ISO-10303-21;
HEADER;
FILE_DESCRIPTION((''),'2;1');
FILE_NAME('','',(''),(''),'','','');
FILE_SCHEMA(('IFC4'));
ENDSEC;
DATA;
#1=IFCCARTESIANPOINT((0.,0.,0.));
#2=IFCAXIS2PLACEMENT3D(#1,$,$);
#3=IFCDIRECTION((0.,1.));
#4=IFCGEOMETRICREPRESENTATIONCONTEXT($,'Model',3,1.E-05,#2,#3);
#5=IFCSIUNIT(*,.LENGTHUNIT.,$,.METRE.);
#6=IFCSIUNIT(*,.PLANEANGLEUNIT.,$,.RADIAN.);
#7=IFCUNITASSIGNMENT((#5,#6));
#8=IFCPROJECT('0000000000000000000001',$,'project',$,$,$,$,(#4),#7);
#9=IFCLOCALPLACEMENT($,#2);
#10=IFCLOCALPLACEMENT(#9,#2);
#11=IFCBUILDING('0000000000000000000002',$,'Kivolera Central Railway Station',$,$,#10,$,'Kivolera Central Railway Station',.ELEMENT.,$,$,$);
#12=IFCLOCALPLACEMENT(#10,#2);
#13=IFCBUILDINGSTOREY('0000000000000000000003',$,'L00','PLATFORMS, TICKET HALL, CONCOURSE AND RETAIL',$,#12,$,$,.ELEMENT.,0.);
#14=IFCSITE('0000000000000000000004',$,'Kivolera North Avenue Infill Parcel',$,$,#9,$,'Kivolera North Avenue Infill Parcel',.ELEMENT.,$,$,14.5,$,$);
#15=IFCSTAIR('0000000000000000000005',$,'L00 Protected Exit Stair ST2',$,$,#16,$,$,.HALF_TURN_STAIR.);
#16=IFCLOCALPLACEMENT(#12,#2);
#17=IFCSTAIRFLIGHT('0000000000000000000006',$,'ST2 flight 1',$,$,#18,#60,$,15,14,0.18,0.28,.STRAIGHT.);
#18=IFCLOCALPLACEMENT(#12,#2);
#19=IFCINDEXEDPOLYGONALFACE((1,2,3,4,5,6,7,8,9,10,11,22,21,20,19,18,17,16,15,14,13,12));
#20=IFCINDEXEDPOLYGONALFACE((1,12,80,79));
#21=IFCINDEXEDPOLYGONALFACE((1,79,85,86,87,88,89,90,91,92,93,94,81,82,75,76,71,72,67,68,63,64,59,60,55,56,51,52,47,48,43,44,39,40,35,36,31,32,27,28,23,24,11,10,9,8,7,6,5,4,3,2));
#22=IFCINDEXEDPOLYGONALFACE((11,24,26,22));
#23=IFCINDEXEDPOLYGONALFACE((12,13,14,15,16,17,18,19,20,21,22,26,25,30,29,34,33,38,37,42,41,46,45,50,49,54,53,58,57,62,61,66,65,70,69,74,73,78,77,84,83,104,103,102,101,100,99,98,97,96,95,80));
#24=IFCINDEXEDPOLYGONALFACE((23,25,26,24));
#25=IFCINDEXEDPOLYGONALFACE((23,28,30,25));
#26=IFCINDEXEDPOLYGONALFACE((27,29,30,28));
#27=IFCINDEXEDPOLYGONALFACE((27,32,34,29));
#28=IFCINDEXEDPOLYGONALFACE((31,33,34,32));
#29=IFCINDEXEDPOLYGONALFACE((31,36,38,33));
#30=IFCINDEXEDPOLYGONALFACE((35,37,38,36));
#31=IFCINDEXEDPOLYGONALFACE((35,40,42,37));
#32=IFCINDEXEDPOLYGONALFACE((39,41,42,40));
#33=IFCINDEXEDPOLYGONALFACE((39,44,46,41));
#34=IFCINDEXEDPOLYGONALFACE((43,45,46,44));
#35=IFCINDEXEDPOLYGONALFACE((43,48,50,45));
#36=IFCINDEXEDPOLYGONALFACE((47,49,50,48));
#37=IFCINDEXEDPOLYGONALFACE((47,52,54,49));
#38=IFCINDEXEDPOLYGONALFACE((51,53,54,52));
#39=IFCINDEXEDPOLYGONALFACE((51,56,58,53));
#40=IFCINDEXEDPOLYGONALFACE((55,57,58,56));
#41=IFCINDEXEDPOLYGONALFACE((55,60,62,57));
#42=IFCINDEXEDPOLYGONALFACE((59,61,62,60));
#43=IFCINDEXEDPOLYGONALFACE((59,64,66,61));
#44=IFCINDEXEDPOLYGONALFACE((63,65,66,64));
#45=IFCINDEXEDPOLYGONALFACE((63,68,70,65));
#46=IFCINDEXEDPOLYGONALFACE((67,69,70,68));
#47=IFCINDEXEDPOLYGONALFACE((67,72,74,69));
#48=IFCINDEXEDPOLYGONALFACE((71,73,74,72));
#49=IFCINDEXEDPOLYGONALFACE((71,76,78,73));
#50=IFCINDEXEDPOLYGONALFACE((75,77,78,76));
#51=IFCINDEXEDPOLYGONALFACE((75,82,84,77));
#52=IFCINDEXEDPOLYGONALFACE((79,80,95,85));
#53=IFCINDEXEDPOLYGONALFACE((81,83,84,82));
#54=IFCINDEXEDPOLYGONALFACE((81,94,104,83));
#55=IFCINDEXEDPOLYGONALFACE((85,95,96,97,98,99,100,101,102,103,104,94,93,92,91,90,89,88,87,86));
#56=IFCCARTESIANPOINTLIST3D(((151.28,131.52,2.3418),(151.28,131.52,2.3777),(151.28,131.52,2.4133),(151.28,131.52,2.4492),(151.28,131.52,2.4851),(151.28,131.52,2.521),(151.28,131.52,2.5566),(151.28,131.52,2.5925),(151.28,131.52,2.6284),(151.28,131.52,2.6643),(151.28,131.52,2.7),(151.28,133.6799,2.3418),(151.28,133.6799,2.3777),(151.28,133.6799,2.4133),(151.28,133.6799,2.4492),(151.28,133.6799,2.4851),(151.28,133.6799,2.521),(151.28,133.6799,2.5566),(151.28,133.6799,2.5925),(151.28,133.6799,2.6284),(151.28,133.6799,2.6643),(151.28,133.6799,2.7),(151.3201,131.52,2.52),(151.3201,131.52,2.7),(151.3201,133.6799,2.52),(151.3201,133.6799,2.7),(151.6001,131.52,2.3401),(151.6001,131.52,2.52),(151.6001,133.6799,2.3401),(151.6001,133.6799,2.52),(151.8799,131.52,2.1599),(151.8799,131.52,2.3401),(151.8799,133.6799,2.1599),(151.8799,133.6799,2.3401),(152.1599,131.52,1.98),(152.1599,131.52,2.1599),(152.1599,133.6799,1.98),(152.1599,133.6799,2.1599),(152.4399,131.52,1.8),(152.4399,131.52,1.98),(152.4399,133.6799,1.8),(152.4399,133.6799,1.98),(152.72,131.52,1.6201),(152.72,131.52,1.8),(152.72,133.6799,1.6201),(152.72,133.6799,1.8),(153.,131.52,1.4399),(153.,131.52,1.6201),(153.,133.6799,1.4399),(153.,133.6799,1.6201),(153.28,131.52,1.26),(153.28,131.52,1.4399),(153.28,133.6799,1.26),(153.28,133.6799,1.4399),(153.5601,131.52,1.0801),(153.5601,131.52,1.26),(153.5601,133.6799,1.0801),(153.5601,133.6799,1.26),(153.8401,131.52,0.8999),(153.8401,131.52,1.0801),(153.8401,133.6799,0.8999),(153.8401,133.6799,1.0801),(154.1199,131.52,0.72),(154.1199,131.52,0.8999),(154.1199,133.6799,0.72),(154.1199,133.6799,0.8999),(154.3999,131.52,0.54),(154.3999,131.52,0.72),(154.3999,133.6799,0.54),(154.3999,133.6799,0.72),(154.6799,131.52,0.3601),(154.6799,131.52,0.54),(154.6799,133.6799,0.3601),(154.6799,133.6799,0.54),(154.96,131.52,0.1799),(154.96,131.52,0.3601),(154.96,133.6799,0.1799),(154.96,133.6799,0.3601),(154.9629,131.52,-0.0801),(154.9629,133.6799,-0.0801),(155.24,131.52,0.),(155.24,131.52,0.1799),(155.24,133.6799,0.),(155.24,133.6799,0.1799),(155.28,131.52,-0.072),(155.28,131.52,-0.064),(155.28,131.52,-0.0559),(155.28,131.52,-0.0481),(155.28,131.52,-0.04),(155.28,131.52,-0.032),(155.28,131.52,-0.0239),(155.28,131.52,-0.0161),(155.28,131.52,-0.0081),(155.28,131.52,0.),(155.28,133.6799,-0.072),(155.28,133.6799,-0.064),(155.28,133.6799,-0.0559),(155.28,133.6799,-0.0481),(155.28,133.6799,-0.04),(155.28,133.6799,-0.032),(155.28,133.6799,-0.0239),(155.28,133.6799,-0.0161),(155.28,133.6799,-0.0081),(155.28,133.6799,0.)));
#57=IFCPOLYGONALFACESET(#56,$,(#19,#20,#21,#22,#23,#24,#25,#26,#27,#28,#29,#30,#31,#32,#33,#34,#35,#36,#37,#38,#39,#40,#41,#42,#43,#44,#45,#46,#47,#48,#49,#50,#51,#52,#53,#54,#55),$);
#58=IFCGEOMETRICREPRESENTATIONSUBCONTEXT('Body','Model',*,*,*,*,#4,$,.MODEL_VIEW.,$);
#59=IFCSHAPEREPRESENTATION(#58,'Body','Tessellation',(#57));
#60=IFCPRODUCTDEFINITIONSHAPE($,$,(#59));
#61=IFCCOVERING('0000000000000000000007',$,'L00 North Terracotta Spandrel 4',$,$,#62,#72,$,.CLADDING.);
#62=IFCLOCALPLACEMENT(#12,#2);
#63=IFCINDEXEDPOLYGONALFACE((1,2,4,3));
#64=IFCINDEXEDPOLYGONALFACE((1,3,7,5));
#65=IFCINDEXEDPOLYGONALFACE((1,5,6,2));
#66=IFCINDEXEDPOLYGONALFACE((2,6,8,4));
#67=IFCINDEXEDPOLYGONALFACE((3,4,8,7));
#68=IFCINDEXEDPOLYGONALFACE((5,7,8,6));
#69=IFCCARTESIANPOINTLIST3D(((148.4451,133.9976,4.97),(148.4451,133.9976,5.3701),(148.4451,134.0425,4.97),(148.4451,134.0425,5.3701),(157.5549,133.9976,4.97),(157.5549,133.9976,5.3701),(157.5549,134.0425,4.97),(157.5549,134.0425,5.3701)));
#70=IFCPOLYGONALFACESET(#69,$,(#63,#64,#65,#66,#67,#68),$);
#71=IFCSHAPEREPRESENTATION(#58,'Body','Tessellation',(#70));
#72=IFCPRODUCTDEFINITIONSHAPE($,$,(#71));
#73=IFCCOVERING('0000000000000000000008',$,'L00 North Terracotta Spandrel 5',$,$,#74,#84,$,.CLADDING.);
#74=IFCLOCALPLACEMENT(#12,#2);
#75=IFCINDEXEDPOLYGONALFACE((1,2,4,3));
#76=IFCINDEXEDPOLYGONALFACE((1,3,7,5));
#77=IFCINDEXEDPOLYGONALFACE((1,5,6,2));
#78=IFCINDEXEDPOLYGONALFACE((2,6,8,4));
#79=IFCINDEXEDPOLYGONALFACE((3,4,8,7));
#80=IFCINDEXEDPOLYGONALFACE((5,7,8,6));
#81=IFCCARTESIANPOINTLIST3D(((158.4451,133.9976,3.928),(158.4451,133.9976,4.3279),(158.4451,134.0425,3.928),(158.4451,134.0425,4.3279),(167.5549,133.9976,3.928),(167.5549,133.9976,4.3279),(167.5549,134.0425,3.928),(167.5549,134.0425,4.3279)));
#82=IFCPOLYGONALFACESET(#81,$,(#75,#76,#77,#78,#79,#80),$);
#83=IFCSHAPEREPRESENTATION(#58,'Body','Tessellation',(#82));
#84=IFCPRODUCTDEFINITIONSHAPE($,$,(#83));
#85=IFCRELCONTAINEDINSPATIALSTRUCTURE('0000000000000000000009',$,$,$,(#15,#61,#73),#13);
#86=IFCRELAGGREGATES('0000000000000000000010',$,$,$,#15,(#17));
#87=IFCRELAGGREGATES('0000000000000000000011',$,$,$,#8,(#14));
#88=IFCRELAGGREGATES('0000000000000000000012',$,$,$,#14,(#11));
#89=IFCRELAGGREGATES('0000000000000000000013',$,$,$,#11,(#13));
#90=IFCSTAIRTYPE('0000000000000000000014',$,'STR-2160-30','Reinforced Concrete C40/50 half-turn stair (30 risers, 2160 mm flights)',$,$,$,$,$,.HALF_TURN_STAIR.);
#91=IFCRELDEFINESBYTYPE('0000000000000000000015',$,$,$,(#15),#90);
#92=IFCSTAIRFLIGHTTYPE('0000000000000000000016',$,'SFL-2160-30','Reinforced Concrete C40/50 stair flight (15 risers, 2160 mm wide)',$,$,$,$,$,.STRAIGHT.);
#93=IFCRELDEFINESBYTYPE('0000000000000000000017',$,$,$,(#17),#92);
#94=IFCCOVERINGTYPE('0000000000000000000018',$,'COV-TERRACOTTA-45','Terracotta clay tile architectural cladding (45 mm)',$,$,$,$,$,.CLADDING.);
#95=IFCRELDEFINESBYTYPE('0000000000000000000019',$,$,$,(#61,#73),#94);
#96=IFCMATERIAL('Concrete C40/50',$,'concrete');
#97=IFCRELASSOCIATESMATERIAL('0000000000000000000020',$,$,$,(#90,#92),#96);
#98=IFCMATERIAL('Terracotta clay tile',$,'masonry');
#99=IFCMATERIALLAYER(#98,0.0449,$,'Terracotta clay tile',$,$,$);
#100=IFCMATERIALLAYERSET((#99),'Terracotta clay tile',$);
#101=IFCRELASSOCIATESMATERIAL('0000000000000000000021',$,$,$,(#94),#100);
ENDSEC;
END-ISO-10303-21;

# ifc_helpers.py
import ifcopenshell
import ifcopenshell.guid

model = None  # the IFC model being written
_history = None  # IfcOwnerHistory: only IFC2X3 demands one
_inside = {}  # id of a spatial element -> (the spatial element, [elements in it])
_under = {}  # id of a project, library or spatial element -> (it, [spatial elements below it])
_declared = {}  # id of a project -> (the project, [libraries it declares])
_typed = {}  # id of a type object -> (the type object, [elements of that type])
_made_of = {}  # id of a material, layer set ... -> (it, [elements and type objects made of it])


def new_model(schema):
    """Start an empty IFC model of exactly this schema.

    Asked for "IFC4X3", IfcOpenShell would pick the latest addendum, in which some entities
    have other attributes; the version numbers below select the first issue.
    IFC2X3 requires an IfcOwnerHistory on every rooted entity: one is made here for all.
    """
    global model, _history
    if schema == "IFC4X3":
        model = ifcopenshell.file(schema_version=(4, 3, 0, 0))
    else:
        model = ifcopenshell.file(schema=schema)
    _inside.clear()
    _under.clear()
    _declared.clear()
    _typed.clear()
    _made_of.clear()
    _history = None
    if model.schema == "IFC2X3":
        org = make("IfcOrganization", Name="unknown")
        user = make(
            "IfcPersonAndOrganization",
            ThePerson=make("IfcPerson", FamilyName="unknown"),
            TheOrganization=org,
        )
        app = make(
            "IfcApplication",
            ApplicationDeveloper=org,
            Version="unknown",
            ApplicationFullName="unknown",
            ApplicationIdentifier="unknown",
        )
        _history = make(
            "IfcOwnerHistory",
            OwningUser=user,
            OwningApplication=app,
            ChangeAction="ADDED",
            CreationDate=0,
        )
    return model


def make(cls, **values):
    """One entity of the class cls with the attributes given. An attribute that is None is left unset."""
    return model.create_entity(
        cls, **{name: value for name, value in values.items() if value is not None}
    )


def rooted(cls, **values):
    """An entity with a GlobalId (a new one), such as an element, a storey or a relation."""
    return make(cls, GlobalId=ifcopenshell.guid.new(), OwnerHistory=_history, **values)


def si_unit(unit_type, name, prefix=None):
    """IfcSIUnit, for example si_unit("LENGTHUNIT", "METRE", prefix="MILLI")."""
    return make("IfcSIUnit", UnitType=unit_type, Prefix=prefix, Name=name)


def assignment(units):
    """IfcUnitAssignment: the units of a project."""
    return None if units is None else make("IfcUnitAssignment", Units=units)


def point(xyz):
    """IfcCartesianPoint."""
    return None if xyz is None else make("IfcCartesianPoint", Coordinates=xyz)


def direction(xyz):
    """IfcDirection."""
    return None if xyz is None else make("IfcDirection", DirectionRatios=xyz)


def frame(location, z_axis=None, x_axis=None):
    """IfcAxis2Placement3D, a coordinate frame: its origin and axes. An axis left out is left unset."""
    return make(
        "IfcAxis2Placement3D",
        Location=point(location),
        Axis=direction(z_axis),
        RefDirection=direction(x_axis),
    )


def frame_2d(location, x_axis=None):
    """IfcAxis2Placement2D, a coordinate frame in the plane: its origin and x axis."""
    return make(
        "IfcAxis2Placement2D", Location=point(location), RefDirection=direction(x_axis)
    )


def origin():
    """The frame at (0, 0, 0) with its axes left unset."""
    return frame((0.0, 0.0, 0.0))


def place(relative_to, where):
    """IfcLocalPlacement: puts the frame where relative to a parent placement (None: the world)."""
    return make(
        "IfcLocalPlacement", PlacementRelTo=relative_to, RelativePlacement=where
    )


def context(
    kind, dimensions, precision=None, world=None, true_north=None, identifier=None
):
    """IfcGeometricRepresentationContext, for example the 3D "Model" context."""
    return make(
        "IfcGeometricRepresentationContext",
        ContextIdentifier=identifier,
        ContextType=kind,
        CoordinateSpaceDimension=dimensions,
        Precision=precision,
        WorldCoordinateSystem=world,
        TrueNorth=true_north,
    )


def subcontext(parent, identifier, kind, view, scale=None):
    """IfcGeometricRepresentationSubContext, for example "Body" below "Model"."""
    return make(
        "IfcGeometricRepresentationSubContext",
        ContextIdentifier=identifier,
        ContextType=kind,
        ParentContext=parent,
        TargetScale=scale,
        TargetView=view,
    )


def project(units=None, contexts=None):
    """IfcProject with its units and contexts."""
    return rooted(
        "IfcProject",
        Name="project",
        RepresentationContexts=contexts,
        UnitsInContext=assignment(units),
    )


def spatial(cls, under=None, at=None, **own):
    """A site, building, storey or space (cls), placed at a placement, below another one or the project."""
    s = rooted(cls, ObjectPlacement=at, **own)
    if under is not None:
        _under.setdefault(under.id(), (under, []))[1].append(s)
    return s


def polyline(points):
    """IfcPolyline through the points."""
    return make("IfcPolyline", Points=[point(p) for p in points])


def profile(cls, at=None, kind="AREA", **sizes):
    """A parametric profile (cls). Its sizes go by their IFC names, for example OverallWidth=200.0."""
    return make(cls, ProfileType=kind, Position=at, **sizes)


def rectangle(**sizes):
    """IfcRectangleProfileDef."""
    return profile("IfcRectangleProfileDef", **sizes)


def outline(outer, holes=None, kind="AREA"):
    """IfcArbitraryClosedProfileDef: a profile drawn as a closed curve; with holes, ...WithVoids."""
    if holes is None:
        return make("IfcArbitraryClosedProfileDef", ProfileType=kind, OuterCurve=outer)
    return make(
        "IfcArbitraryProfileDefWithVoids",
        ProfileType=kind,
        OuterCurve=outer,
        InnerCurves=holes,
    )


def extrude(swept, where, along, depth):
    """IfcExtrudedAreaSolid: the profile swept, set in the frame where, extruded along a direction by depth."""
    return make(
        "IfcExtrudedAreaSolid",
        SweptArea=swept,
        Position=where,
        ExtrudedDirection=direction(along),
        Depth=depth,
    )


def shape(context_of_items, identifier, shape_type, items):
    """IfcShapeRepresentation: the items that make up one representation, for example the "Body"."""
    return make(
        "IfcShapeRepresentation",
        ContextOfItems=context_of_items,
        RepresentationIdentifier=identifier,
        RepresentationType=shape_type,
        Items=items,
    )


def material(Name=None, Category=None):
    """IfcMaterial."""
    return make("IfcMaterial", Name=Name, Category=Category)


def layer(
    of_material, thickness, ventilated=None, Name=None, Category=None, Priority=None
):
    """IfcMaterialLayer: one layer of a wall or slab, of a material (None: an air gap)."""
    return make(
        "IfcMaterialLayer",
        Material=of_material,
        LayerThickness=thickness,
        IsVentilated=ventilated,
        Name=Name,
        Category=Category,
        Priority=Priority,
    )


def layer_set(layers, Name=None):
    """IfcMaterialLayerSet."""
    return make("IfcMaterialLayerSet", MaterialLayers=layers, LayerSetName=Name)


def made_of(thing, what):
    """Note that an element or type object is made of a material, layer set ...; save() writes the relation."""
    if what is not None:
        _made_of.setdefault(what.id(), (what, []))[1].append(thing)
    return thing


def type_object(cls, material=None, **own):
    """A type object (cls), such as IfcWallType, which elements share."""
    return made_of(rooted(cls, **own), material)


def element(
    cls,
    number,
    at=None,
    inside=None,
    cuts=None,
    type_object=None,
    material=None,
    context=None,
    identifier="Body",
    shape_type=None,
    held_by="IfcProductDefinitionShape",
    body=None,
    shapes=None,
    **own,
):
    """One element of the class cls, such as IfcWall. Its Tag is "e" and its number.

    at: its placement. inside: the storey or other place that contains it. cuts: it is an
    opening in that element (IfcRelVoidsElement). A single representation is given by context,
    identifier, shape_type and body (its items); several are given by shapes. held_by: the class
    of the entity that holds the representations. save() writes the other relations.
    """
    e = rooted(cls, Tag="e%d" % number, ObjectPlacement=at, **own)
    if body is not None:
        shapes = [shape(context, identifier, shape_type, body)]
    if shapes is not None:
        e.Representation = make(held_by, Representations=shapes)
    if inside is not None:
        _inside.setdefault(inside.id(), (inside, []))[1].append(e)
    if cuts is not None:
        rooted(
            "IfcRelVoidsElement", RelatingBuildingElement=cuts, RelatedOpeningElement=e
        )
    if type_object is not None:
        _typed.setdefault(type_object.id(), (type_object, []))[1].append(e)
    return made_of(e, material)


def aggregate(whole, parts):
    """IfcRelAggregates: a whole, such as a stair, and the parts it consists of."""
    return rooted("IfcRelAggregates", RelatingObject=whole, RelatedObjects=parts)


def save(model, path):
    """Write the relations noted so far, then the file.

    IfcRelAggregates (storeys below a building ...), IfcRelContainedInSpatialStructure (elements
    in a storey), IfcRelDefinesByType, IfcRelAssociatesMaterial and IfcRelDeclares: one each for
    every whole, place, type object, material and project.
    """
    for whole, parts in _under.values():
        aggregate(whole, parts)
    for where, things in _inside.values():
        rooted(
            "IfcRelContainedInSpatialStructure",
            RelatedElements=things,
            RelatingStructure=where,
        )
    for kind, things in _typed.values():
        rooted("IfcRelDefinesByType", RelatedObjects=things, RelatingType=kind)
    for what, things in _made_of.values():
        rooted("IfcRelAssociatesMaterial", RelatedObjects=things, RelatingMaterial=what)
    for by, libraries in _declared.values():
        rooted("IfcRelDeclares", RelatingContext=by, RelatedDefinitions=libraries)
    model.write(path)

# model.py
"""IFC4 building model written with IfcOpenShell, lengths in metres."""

from ifc_helpers import new_model, si_unit, direction, frame, frame_2d, origin, place, context, subcontext, project, spatial, polyline, rectangle, outline, extrude, material, layer, layer_set, type_object, element, aggregate, save


model = new_model("IFC4")

# Units and contexts
model_context = context("Model", 3, precision=1e-05, world=origin(), true_north=direction((0.0, 1.0)))
body_context = subcontext(model_context, "Body", "Model", "MODEL_VIEW")
ifc_project = project(units=[si_unit("LENGTHUNIT", "METRE"), si_unit("PLANEANGLEUNIT", "RADIAN")], contexts=[model_context])

# Site, building, storey
site_placement = place(None, origin())
site = spatial("IfcSite", under=ifc_project, at=site_placement, Name="Kivolera North Avenue Infill Parcel", LongName="Kivolera North Avenue Infill Parcel", CompositionType="ELEMENT", RefElevation=14.5)
building_placement = place(site_placement, origin())
building = spatial("IfcBuilding", under=site, at=building_placement, Name="Kivolera Central Railway Station", LongName="Kivolera Central Railway Station", CompositionType="ELEMENT")
storey_placement = place(building_placement, origin())
storey = spatial("IfcBuildingStorey", under=building, at=storey_placement, Name="L00", Description="PLATFORMS, TICKET HALL, CONCOURSE AND RETAIL", CompositionType="ELEMENT", Elevation=0.0)

# Shared definitions
ifc_material_1 = material(Name="Concrete C40/50", Category="concrete")

# Stair, stair flight
stair_type = type_object("IfcStairType", Name="STR-2160-30", Description="Reinforced Concrete C40/50 half-turn stair (30 risers, 2160 mm flights)", PredefinedType="HALF_TURN_STAIR", material=ifc_material_1)
stair_placement = place(storey_placement, origin())
stair = element("IfcStair", 1, at=stair_placement, inside=storey, type_object=stair_type, Name="L00 Protected Exit Stair ST2", PredefinedType="HALF_TURN_STAIR")
stair_flight_type = type_object("IfcStairFlightType", Name="SFL-2160-30", Description="Reinforced Concrete C40/50 stair flight (15 risers, 2160 mm wide)", PredefinedType="STRAIGHT", material=ifc_material_1)
stair_flight_placement = place(storey_placement, frame((155.24, 132.6001, 0.0), z_axis=(0.0, 0.0, 1.0), x_axis=(-1.0, 0.0, 0.0)))
stair_flight = element("IfcStairFlight", 2, at=stair_flight_placement, type_object=stair_flight_type, Name="ST2 flight 1", NumberOfRisers=15, NumberOfTreads=14, PredefinedType="STRAIGHT", RiserHeight=0.18, TreadLength=0.28, context=body_context, shape_type="SweptSolid", body=[
    extrude(outline(polyline([(-0.04, 0.0), (0.0, 0.0), (0.0, 0.1799), (0.28, 0.1799), (0.28, 0.3601), (0.5601, 0.3601), (0.5601, 0.54), (0.8401, 0.54), (0.8401, 0.72), (1.1201, 0.72), (1.1201, 0.8999), (1.3999, 0.8999), (1.3999, 1.0801), (1.6799, 1.0801), (1.6799, 1.26), (1.96, 1.26), (1.96, 1.4399), (2.24, 1.4399), (2.24, 1.6201), (2.52, 1.6201), (2.52, 1.8), (2.8, 1.8), (2.8, 1.98), (3.0801, 1.98), (3.0801, 2.1599), (3.3601, 2.1599), (3.3601, 2.3401), (3.6399, 2.3401), (3.6399, 2.52), (3.9199, 2.52), (3.9199, 2.7), (3.96, 2.7), (3.96, 2.6643), (3.96, 2.6284), (3.96, 2.5925), (3.96, 2.5566), (3.96, 2.521), (3.96, 2.4851), (3.96, 2.4492), (3.96, 2.4133), (3.96, 2.3777), (3.96, 2.3418), (0.2771, -0.0801), (-0.04, -0.072), (-0.04, -0.064), (-0.04, -0.0559), (-0.04, -0.0481), (-0.04, -0.04), (-0.04, -0.032), (-0.04, -0.0239), (-0.04, -0.0161), (-0.04, -0.0081), (-0.04, 0.0)])), frame((0.0, 1.0801, 0.0), z_axis=(0.0, -1.0, 0.0), x_axis=(1.0, 0.0, 0.0)), (0.0, 0.0, 1.0), 2.1599),
])
aggregate(stair, [stair_flight])

# Coverings
ifc_material_2 = material(Name="Terracotta clay tile", Category="masonry")
ifc_layer_1 = layer(ifc_material_2, 0.0449, Name="Terracotta clay tile")
ifc_layer_set_1 = layer_set([ifc_layer_1], Name="Terracotta clay tile")
covering_type = type_object("IfcCoveringType", Name="COV-TERRACOTTA-45", Description="Terracotta clay tile architectural cladding (45 mm)", PredefinedType="CLADDING", material=ifc_layer_set_1)
covering_1_placement = place(storey_placement, frame((148.4451, 134.02, 4.97), z_axis=(0.0, 0.0, 1.0), x_axis=(1.0, 0.0, 0.0)))
element("IfcCovering", 3, at=covering_1_placement, inside=storey, type_object=covering_type, Name="L00 North Terracotta Spandrel 4", PredefinedType="CLADDING", context=body_context, shape_type="SweptSolid", body=[
    extrude(rectangle(XDim=9.1099, YDim=0.0449, at=frame_2d((4.5549, 0.0))), origin(), (0.0, 0.0, 1.0), 0.4001),
])
covering_2_placement = place(storey_placement, frame((158.4451, 134.02, 3.928), z_axis=(0.0, 0.0, 1.0), x_axis=(1.0, 0.0, 0.0)))
element("IfcCovering", 4, at=covering_2_placement, inside=storey, type_object=covering_type, Name="L00 North Terracotta Spandrel 5", PredefinedType="CLADDING", context=body_context, shape_type="SweptSolid", body=[
    extrude(rectangle(XDim=9.1099, YDim=0.0449, at=frame_2d((4.5549, 0.0))), origin(), (0.0, 0.0, 1.0), 0.3999),
])

save(model, "model.ifc")
